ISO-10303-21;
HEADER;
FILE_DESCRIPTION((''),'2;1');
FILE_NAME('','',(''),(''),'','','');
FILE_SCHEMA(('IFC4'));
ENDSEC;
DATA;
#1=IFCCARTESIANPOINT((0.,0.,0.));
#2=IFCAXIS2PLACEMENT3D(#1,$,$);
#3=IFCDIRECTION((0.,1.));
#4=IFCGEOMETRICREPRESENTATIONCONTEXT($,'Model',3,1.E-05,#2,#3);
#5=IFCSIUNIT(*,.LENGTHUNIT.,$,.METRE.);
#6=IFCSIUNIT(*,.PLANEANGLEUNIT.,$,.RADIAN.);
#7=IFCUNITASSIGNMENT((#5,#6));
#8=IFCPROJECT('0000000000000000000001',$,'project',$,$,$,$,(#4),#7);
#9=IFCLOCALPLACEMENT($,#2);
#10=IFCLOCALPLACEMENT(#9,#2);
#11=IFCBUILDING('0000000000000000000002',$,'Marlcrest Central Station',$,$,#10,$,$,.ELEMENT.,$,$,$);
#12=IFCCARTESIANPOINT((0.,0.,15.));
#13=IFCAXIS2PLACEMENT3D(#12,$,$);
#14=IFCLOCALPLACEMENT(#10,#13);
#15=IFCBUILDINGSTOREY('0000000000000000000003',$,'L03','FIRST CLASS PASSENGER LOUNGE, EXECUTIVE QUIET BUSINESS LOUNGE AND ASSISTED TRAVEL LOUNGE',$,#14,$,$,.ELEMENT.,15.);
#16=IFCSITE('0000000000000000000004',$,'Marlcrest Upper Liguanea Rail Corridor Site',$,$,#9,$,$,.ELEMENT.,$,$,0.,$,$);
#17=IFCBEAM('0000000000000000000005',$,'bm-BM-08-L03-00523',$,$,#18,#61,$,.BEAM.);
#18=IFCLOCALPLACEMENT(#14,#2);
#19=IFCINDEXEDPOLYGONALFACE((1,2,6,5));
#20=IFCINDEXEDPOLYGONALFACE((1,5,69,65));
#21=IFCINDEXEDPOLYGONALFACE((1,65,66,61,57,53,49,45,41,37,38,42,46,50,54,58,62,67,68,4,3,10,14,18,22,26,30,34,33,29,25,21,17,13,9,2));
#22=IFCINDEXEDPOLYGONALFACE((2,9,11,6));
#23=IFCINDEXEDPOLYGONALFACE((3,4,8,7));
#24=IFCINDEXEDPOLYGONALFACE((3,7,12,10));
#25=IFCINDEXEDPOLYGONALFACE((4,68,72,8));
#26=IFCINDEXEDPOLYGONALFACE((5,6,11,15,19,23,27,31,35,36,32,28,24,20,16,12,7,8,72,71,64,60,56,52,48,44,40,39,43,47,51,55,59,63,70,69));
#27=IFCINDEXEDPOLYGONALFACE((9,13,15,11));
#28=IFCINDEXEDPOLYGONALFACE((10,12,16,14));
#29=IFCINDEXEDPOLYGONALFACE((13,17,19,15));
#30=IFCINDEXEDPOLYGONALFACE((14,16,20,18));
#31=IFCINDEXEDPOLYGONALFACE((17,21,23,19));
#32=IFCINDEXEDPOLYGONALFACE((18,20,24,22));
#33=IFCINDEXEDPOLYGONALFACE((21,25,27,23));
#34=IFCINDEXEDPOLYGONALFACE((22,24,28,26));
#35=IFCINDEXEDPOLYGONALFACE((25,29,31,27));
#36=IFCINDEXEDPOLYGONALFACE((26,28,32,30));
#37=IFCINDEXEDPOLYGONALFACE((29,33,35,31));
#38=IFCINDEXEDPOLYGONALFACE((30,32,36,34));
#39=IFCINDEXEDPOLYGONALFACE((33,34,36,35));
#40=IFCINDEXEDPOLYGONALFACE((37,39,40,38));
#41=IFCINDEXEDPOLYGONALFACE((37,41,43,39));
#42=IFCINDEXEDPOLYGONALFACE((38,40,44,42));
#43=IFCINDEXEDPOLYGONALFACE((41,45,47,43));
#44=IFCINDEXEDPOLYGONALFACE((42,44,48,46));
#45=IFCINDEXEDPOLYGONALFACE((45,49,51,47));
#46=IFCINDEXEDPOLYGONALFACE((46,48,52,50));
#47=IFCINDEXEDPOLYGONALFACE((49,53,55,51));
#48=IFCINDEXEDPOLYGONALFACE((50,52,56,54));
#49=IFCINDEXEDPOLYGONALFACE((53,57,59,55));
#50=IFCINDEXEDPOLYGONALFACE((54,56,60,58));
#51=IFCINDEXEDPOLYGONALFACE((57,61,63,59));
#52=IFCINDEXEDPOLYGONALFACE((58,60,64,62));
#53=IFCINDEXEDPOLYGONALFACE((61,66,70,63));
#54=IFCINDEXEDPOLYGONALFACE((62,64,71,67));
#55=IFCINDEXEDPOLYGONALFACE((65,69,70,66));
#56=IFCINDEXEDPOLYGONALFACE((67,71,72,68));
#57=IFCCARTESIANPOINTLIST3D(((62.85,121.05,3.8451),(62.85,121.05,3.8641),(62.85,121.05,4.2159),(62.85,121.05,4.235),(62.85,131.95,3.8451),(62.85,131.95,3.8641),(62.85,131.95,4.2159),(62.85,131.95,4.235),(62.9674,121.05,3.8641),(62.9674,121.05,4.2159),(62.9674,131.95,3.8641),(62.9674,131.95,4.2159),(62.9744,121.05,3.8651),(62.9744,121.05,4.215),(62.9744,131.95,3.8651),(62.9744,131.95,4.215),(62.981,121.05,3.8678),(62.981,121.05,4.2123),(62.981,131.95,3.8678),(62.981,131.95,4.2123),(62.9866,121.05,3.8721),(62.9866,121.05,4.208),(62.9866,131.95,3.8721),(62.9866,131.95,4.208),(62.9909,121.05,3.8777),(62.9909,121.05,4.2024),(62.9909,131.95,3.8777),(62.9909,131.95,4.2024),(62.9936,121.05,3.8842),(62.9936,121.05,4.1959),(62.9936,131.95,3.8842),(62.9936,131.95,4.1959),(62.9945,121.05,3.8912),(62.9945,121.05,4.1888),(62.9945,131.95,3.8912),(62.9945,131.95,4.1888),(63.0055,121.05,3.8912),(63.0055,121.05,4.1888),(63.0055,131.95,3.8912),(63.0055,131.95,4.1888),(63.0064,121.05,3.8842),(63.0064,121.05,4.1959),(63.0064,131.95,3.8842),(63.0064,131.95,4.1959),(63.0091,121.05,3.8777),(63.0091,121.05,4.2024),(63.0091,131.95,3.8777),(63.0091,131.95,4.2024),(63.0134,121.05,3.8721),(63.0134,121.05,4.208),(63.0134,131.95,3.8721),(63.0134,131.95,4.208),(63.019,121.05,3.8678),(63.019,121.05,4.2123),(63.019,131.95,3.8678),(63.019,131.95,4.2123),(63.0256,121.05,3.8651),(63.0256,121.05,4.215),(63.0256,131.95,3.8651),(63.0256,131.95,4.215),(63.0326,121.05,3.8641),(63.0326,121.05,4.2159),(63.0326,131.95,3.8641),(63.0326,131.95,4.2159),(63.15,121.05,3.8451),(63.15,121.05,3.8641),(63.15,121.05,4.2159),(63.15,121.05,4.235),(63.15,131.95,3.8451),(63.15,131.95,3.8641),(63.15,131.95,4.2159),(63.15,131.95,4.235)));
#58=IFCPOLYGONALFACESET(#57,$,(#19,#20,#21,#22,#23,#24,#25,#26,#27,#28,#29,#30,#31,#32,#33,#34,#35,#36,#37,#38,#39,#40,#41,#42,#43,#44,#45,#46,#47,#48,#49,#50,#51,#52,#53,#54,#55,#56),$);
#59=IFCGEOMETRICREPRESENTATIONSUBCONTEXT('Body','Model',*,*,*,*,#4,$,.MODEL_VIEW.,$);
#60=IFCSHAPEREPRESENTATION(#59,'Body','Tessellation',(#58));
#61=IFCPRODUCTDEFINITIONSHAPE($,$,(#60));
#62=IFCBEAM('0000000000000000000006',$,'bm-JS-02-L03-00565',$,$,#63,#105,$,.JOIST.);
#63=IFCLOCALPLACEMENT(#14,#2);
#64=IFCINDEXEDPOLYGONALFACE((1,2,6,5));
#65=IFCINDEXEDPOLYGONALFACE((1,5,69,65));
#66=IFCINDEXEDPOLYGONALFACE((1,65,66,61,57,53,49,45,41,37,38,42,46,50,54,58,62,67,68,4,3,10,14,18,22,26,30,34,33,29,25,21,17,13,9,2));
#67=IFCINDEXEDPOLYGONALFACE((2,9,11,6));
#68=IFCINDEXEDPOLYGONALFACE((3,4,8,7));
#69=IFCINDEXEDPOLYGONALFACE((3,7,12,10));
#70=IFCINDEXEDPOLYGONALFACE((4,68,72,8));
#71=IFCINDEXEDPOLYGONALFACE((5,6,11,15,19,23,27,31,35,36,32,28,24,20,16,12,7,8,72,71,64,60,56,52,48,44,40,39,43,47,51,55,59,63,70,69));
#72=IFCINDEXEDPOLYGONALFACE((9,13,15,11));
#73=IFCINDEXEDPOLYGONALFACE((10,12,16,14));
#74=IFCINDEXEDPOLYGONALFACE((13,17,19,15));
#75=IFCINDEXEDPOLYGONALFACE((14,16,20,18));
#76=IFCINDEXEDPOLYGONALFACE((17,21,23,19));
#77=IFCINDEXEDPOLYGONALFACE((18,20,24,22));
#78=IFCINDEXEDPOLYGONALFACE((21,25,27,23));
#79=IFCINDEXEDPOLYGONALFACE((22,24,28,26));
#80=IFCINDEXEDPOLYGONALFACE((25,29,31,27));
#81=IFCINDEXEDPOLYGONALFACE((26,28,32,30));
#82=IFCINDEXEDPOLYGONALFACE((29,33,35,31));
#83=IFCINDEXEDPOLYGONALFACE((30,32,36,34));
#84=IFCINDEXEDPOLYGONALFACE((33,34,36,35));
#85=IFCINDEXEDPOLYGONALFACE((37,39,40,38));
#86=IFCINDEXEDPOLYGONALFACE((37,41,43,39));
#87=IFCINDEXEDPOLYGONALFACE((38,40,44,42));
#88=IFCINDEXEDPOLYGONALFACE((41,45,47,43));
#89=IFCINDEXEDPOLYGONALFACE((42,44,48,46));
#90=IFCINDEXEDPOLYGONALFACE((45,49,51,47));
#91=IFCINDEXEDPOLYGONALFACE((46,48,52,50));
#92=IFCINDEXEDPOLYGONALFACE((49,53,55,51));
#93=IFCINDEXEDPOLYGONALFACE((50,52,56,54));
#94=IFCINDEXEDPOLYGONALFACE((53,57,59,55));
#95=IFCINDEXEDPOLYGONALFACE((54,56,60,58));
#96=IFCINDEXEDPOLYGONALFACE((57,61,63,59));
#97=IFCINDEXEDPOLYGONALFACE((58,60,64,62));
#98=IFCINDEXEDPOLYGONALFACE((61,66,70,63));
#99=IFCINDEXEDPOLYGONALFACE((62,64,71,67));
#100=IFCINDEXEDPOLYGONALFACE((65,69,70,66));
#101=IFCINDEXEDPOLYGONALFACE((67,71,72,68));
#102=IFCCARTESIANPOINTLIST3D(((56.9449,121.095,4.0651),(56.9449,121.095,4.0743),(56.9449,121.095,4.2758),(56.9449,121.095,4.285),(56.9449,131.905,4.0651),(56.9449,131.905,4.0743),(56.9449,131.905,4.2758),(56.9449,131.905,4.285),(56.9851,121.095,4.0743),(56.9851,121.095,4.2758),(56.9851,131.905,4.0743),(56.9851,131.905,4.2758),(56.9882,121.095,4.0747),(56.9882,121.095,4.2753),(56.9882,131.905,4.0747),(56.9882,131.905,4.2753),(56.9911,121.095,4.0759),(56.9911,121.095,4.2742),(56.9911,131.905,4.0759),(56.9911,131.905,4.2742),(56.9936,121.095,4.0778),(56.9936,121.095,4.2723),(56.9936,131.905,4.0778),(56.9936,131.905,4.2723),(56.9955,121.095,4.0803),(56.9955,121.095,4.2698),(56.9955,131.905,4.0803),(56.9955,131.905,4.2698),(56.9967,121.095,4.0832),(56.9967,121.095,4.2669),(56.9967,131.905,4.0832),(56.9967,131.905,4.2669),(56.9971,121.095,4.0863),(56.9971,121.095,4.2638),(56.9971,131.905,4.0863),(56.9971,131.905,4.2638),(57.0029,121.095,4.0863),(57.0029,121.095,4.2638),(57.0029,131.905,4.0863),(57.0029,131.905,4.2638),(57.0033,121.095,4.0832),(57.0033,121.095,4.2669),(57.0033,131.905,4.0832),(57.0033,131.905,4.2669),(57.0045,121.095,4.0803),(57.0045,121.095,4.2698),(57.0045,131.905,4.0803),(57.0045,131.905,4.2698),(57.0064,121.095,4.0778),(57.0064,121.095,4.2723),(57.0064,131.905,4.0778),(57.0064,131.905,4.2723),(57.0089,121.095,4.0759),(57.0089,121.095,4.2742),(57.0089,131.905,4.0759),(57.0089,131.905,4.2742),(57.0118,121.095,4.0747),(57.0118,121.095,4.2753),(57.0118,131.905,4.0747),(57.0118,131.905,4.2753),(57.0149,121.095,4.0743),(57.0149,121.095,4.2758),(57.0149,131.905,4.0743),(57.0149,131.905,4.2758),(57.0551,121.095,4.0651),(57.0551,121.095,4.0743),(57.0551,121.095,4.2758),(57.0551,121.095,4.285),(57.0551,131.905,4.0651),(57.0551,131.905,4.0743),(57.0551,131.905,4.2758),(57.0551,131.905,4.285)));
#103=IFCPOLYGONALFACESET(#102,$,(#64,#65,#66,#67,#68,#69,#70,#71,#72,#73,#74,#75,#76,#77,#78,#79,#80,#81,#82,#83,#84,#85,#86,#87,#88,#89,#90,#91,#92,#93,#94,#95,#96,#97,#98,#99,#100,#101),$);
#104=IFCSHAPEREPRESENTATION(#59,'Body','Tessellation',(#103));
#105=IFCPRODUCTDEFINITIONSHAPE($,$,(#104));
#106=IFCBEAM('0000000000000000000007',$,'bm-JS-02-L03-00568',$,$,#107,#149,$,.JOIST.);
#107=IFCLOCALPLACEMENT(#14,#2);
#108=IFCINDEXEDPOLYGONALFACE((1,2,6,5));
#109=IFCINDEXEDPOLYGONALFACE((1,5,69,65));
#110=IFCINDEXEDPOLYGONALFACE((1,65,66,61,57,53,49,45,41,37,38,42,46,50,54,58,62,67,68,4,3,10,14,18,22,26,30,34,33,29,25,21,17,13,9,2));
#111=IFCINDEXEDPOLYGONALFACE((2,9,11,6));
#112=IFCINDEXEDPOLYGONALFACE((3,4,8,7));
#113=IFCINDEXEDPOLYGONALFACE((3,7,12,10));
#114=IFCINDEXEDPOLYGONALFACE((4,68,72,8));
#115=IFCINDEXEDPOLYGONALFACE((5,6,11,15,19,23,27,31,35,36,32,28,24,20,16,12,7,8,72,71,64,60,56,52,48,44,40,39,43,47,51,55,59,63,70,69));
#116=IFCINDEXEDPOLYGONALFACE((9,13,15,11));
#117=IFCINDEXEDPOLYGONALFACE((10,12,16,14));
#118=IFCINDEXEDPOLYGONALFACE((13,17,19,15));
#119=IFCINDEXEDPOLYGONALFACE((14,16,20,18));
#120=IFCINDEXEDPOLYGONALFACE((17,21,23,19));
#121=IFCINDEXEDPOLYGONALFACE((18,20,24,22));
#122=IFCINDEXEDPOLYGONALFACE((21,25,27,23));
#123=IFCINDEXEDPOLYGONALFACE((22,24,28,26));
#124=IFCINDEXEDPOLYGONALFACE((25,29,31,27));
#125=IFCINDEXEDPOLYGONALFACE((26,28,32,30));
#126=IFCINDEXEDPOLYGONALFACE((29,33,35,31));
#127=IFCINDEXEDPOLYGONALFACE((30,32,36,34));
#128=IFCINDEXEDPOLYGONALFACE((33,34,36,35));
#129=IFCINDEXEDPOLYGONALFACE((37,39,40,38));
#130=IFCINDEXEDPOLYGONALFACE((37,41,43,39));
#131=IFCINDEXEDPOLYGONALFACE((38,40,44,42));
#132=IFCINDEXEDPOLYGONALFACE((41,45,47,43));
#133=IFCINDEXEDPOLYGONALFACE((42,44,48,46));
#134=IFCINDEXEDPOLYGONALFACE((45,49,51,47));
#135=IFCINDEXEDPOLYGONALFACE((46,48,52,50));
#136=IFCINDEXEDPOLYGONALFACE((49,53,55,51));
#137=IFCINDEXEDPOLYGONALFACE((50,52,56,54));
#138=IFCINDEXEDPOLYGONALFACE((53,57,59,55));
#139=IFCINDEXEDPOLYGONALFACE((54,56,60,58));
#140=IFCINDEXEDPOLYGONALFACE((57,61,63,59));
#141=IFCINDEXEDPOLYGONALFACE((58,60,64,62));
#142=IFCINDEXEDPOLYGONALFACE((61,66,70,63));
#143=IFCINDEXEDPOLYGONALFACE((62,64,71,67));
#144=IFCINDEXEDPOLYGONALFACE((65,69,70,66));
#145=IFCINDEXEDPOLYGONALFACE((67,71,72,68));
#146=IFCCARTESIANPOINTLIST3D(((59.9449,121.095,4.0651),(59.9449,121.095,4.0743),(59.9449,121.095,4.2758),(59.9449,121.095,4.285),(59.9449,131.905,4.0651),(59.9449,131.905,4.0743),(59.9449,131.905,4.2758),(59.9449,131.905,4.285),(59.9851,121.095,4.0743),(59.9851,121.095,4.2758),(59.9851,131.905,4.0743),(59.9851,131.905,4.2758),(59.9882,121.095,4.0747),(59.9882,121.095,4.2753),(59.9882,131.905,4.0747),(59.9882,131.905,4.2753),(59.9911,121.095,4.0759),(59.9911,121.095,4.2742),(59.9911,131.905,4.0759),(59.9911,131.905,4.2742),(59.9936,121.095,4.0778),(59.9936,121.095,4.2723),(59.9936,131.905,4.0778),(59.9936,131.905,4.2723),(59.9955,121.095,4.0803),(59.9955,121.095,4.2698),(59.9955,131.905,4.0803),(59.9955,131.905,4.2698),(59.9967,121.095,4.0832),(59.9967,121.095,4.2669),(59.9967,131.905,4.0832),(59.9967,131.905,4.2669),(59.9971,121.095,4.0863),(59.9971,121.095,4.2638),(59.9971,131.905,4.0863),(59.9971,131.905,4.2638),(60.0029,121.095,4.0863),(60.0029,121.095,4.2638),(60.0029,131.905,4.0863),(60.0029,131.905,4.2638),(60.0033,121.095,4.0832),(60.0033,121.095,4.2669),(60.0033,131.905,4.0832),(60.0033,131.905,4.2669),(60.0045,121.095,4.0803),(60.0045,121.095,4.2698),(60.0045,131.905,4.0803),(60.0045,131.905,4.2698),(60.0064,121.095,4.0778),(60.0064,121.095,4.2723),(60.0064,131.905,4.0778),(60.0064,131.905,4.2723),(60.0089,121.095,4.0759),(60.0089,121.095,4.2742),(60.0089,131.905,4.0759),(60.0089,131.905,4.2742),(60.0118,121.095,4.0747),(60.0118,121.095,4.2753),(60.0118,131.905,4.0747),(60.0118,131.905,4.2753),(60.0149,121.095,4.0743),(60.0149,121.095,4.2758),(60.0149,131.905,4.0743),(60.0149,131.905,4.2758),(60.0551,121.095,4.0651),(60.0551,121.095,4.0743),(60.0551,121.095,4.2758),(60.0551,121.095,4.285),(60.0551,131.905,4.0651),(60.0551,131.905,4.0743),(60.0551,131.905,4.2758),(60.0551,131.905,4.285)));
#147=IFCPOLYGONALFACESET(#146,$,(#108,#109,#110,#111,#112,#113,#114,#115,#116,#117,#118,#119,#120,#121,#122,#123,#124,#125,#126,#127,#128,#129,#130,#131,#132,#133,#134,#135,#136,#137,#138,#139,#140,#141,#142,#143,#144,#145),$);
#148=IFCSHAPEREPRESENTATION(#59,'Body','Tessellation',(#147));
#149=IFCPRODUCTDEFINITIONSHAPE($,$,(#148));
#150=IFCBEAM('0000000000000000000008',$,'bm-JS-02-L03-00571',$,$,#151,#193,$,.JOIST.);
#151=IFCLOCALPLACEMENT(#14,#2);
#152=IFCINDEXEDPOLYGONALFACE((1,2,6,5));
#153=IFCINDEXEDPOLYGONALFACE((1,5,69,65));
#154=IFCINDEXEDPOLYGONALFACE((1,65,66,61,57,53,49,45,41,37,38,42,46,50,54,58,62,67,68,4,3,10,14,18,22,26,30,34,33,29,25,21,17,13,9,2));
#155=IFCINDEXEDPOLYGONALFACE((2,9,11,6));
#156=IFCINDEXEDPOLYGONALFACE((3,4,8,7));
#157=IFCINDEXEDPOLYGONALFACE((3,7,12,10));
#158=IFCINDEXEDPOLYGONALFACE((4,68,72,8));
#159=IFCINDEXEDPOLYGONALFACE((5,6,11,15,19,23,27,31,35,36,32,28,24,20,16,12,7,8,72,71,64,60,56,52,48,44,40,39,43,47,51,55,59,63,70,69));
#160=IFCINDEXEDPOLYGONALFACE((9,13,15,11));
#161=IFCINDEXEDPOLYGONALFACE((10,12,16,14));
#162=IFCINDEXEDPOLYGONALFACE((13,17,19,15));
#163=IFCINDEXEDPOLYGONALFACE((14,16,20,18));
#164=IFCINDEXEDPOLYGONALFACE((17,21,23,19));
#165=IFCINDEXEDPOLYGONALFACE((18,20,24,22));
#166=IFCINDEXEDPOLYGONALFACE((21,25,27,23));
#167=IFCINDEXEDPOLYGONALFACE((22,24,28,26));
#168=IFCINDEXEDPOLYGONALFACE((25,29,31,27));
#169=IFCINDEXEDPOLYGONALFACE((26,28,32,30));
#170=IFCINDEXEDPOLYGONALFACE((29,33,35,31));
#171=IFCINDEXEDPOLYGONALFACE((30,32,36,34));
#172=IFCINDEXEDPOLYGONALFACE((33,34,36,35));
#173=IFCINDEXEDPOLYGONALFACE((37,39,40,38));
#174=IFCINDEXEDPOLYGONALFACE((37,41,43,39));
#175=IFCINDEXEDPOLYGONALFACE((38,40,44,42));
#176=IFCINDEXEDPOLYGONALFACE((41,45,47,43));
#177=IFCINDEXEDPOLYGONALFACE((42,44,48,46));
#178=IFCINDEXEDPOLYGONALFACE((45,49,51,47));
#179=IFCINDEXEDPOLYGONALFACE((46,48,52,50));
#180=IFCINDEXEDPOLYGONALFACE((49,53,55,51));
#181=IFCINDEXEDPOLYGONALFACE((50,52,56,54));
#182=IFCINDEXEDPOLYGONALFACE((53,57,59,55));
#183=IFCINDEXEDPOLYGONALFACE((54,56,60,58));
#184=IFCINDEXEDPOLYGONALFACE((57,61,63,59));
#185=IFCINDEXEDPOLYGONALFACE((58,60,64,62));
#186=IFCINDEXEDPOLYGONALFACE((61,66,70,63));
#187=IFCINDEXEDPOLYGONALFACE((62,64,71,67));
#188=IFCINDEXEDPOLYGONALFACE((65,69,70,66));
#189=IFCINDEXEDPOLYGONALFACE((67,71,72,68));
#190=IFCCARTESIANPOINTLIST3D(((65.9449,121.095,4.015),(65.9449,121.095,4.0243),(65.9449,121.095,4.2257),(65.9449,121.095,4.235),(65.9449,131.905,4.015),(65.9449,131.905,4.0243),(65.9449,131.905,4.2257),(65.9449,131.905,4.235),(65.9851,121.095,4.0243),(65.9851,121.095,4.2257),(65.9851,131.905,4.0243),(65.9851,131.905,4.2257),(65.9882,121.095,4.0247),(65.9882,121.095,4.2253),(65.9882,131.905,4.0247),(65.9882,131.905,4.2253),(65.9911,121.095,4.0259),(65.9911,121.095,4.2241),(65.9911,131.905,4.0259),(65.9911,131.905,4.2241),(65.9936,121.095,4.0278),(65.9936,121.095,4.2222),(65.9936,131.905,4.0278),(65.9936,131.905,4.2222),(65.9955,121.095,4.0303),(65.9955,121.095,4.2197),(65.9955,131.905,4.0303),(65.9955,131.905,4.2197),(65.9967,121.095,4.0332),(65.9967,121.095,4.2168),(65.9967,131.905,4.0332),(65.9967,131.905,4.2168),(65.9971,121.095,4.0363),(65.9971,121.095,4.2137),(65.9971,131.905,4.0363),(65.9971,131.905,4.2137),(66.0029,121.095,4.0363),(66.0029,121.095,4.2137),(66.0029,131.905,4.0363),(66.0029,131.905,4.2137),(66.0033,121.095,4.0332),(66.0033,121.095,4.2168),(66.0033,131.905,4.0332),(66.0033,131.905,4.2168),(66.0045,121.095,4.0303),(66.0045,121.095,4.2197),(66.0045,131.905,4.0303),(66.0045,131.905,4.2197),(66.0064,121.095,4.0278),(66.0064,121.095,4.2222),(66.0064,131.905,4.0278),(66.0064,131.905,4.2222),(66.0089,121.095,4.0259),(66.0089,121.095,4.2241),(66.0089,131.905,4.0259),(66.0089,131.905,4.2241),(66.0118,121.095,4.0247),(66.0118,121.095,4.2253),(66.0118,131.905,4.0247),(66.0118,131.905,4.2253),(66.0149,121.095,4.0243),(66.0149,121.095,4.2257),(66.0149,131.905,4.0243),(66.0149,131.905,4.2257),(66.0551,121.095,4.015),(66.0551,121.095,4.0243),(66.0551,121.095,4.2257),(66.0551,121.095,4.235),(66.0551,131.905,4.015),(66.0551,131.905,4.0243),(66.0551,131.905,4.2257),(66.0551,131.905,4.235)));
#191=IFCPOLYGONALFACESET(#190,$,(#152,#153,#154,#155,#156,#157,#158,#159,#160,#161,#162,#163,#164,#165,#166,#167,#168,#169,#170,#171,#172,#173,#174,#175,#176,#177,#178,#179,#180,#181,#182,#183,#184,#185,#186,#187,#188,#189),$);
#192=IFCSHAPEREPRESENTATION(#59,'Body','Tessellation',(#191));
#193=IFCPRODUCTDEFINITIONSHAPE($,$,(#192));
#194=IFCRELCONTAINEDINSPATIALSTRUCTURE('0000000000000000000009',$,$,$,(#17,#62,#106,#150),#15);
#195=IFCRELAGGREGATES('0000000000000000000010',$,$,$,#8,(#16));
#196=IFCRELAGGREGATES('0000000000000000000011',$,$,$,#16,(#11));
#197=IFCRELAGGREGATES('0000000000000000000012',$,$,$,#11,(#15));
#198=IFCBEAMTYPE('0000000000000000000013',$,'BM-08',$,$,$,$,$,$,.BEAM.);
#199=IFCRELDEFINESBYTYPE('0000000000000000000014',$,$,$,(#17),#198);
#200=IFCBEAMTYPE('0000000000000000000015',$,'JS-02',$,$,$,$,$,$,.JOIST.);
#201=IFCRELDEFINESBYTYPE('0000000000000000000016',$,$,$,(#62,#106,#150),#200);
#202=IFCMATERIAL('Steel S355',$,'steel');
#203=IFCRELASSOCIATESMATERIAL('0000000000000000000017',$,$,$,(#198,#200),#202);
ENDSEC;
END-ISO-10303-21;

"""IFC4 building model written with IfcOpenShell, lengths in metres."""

from ifc_helpers import new_model, si_unit, direction, frame, origin, origin_2d, place, context, subcontext, project, spatial, i_section, extrude, material, material_profile, profile_set, type_object, element, save


model = new_model("IFC4")

# Units and contexts
model_context = context("Model", 3, precision=1e-05, world=origin(), true_north=direction((0.0, 1.0)))
body_context = subcontext(model_context, "Body", "Model", "MODEL_VIEW")
ifc_project = project(units=[si_unit("LENGTHUNIT", "METRE"), si_unit("PLANEANGLEUNIT", "RADIAN")], contexts=[model_context])

# Site, building, storey
site_placement = place(None, origin())
site = spatial("IfcSite", under=ifc_project, at=site_placement, Name="Marlcrest Upper Liguanea Rail Corridor Site", CompositionType="ELEMENT", RefElevation=0.0)
building_placement = place(site_placement, origin())
building = spatial("IfcBuilding", under=site, at=building_placement, Name="Marlcrest Central Station", CompositionType="ELEMENT")
storey_placement = place(building_placement, frame((0.0, 0.0, 15.0)))
storey = spatial("IfcBuildingStorey", under=building, at=storey_placement, Name="L03", Description="FIRST CLASS PASSENGER LOUNGE, EXECUTIVE QUIET BUSINESS LOUNGE AND ASSISTED TRAVEL LOUNGE", CompositionType="ELEMENT", Elevation=15.0)

# Shared definitions
ifc_material_1 = material(Name="Steel S355", Category="steel")

# Beams
ifc_material_profile_1 = material_profile(ifc_material_1, i_section(OverallWidth=0.3, OverallDepth=0.3899, WebThickness=0.011, FlangeThickness=0.019, FilletRadius=0.0271, at=origin_2d()), Name="HEA 400")
ifc_profile_set_1 = profile_set([ifc_material_profile_1], Name="Steel S355")
beam_type_1 = type_object("IfcBeamType", Name="BM-08", PredefinedType="BEAM", material=ifc_profile_set_1)
beam_1_placement = place(storey_placement, frame((63.0, 121.05, 4.04), z_axis=(0.0, 1.0, 0.0), x_axis=(-1.0, 0.0, 0.0)))
element("IfcBeam", 1, at=beam_1_placement, inside=storey, type_object=beam_type_1, Name="bm-BM-08-L03-00523", PredefinedType="BEAM", context=body_context, shape_type="SweptSolid", body=[
    extrude(i_section(OverallWidth=0.3, OverallDepth=0.3899, WebThickness=0.011, FlangeThickness=0.019, FilletRadius=0.0271, at=origin_2d()), origin(), (0.0, 0.0, 1.0), 10.8999),
])
ifc_material_profile_2 = material_profile(ifc_material_1, i_section(OverallWidth=0.1101, OverallDepth=0.22, WebThickness=0.0059, FlangeThickness=0.0093, FilletRadius=0.012, at=origin_2d()), Name="IPE 220")
ifc_profile_set_2 = profile_set([ifc_material_profile_2], Name="Steel S355")
beam_type_2 = type_object("IfcBeamType", Name="JS-02", PredefinedType="JOIST", material=ifc_profile_set_2)
for number, where, z_axis, x_axis, name in (
    (2, (57.0, 121.095, 4.175), (0.0, 1.0, 0.0), (-1.0, 0.0, 0.0), "bm-JS-02-L03-00565"),
    (3, (60.0, 121.095, 4.175), (0.0, 1.0, 0.0), (-1.0, 0.0, 0.0), "bm-JS-02-L03-00568"),
    (4, (66.0, 121.095, 4.125), (0.0, 1.0, 0.0), (-1.0, 0.0, 0.0), "bm-JS-02-L03-00571"),
):
    element("IfcBeam", number, at=place(storey_placement, frame(where, z_axis=z_axis, x_axis=x_axis)), inside=storey, type_object=beam_type_2, Name=name, PredefinedType="JOIST", context=body_context, shape_type="SweptSolid", body=[
        extrude(i_section(OverallWidth=0.1101, OverallDepth=0.22, WebThickness=0.0059, FlangeThickness=0.0093, FilletRadius=0.012, at=origin_2d()), origin(), (0.0, 0.0, 1.0), 10.8101),
    ])

save(model, "model.ifc")
